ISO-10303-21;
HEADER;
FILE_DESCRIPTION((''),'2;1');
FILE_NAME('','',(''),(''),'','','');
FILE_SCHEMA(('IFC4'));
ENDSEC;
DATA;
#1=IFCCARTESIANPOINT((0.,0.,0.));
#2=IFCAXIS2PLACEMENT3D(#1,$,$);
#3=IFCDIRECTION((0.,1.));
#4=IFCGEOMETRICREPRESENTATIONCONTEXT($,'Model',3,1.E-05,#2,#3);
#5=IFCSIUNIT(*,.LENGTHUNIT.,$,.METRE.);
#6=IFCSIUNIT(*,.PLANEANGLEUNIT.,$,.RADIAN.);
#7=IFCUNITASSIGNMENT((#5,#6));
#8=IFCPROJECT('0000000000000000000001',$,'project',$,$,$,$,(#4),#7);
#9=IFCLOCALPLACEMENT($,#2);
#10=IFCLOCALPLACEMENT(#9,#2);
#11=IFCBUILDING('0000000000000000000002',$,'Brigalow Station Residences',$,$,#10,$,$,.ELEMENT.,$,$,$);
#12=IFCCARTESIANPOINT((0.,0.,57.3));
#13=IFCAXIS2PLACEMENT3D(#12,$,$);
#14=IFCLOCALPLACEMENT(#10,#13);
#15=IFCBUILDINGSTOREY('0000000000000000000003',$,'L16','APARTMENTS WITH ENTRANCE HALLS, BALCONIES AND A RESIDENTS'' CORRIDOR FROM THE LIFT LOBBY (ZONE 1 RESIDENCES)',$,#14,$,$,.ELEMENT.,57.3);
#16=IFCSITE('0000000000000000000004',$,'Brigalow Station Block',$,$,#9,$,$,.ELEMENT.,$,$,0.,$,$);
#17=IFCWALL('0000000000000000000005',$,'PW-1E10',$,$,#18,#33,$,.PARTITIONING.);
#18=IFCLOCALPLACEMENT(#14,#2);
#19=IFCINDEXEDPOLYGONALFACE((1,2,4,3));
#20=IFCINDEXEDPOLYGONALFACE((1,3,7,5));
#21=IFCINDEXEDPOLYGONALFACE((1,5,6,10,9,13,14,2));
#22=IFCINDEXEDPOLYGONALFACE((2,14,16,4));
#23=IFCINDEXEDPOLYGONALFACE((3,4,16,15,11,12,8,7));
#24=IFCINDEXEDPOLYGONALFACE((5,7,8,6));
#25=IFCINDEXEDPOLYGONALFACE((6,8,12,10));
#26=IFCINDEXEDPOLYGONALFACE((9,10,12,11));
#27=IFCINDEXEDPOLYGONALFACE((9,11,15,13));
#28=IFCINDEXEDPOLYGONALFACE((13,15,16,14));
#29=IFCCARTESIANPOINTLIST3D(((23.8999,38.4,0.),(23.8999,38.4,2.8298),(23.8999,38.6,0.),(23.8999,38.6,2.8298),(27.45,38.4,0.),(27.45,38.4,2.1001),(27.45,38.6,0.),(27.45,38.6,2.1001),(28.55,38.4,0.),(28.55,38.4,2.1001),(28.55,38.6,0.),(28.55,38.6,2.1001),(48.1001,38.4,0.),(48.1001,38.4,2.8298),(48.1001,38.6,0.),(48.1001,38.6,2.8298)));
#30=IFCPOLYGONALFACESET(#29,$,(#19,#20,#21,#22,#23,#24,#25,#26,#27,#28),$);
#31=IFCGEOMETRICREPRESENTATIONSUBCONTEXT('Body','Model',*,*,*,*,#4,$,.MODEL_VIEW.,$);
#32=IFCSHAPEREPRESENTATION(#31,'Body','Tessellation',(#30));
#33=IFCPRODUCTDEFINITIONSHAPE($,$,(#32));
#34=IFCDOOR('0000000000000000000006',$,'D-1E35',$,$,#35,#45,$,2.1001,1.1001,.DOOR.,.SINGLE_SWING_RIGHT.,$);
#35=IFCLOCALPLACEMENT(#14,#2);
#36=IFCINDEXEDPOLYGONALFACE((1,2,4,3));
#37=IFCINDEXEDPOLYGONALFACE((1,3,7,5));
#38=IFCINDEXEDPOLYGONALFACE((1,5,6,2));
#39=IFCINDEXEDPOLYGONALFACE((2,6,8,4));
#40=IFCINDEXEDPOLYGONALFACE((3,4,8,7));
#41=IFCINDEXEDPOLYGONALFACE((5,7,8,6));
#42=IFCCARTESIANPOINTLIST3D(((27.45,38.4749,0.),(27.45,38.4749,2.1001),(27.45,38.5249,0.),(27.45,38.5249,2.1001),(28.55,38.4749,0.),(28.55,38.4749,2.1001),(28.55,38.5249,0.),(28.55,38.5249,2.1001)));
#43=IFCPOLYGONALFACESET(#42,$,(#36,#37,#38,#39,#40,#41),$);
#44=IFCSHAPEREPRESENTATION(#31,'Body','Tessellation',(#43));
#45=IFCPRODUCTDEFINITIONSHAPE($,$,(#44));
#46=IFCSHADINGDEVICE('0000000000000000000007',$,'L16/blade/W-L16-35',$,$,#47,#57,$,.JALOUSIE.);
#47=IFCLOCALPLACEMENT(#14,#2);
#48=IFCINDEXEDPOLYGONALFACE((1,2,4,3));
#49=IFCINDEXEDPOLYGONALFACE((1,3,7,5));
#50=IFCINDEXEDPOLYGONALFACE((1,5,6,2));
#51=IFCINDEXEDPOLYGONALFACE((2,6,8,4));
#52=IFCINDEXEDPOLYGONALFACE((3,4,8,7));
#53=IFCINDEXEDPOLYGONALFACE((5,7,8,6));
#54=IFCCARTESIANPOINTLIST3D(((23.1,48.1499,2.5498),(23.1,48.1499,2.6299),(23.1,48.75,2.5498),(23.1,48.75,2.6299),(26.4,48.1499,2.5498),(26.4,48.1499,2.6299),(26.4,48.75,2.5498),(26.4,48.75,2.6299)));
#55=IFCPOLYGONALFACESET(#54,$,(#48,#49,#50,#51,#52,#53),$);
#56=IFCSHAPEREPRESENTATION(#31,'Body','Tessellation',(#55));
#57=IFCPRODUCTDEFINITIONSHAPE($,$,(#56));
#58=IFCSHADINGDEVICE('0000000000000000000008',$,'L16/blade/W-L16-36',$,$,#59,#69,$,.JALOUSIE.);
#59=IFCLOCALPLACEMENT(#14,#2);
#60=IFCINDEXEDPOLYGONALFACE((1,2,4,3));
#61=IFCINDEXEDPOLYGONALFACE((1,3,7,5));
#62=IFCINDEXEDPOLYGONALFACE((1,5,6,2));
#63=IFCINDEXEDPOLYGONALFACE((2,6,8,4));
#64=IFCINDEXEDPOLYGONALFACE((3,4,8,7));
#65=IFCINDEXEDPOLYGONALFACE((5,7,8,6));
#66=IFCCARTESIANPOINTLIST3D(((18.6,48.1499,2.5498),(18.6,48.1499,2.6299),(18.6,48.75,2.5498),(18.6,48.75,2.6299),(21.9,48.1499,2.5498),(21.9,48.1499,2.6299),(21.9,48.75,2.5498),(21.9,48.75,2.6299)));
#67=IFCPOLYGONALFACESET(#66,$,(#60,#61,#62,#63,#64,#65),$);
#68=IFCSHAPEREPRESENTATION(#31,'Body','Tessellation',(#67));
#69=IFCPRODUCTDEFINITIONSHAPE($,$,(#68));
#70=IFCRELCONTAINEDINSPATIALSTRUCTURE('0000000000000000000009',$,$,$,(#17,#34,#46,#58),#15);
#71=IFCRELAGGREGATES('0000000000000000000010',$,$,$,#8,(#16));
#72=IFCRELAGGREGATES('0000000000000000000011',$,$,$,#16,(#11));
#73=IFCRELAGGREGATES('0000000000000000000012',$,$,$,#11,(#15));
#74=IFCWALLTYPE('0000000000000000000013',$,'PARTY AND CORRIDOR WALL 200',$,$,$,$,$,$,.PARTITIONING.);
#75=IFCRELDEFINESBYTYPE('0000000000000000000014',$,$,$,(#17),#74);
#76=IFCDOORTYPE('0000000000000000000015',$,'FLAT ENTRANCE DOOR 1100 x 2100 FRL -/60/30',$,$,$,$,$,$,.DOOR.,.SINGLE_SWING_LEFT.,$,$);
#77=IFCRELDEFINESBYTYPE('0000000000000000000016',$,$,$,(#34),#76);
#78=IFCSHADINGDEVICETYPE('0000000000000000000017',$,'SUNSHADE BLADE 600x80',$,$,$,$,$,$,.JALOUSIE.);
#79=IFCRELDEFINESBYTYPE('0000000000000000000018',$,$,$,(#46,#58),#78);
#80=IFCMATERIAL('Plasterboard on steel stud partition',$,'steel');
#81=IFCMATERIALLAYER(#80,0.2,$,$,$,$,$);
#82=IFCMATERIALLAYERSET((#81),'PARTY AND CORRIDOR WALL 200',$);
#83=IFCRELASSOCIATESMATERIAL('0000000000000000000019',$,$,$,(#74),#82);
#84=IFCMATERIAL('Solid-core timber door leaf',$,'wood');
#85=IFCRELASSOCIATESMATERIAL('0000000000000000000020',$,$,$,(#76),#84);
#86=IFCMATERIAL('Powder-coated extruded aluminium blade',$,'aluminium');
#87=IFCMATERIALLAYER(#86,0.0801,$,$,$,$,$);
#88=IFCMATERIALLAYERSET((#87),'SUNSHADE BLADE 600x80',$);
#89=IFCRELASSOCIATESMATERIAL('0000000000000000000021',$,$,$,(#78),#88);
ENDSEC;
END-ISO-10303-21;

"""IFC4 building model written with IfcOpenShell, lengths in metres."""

from ifc_helpers import new_model, si_unit, direction, frame, frame_2d, origin, origin_2d, place, context, subcontext, project, spatial, rectangle, extrude, material, layer, layer_set, type_object, element, fill, save


model = new_model("IFC4")

# Units and contexts
model_context = context("Model", 3, precision=1e-05, world=origin(), true_north=direction((0.0, 1.0)))
body_context = subcontext(model_context, "Body", "Model", "MODEL_VIEW")
ifc_project = project(units=[si_unit("LENGTHUNIT", "METRE"), si_unit("PLANEANGLEUNIT", "RADIAN")], contexts=[model_context])

# Site, building, storey
site_placement = place(None, origin())
site = spatial("IfcSite", under=ifc_project, at=site_placement, Name="Brigalow Station Block", CompositionType="ELEMENT", RefElevation=0.0)
building_placement = place(site_placement, origin())
building = spatial("IfcBuilding", under=site, at=building_placement, Name="Brigalow Station Residences", CompositionType="ELEMENT")
storey_placement = place(building_placement, frame((0.0, 0.0, 57.3)))
storey = spatial("IfcBuildingStorey", under=building, at=storey_placement, Name="L16", Description="APARTMENTS WITH ENTRANCE HALLS, BALCONIES AND A RESIDENTS' CORRIDOR FROM THE LIFT LOBBY (ZONE 1 RESIDENCES)", CompositionType="ELEMENT", Elevation=57.3)

# Wall, opening, door
ifc_material_1 = material(Name="Plasterboard on steel stud partition", Category="steel")
ifc_layer_1 = layer(ifc_material_1, 0.2)
ifc_layer_set_1 = layer_set([ifc_layer_1], Name="PARTY AND CORRIDOR WALL 200")
wall_type_1 = type_object("IfcWallType", Name="PARTY AND CORRIDOR WALL 200", PredefinedType="PARTITIONING", material=ifc_layer_set_1)
wall_1_placement = place(storey_placement, frame((23.8999, 38.5, 0.0), z_axis=(0.0, 0.0, 1.0), x_axis=(1.0, 0.0, 0.0)))
wall_1 = element("IfcWall", 1, at=wall_1_placement, inside=storey, type_object=wall_type_1, Name="PW-1E10", PredefinedType="PARTITIONING", context=body_context, shape_type="SweptSolid", body=[
    extrude(rectangle(XDim=24.2002, YDim=0.2, at=frame_2d((12.1001, 0.0))), origin(), (0.0, 0.0, 1.0), 2.8298),
])
opening_1_placement = place(wall_1_placement, frame((3.55, 0.0, 0.0)))
opening_1 = element("IfcOpeningElement", 2, at=opening_1_placement, cuts=wall_1, PredefinedType="OPENING", context=body_context, shape_type="SweptSolid", body=[
    extrude(rectangle(XDim=1.1001, YDim=2.1001, at=frame_2d((0.55, 1.05))), frame((0.0, 0.1099, 0.0), z_axis=(0.0, -1.0, 0.0), x_axis=(1.0, 0.0, 0.0)), (0.0, 0.0, 1.0), 0.22),
])
ifc_material_2 = material(Name="Solid-core timber door leaf", Category="wood")
door_type_1 = type_object("IfcDoorType", Name="FLAT ENTRANCE DOOR 1100 x 2100 FRL -/60/30", OperationType="SINGLE_SWING_LEFT", PredefinedType="DOOR", material=ifc_material_2)
door_1_placement = place(opening_1_placement, origin())
door_1 = element("IfcDoor", 3, at=door_1_placement, inside=storey, type_object=door_type_1, Name="D-1E35", OperationType="SINGLE_SWING_RIGHT", OverallHeight=2.1001, OverallWidth=1.1001, PredefinedType="DOOR", context=body_context, shape_type="SweptSolid", body=[
    extrude(rectangle(XDim=1.1001, YDim=2.1001, at=frame_2d((0.55, 1.05))), frame((0.0, 0.0249, 0.0), z_axis=(0.0, -1.0, 0.0), x_axis=(1.0, 0.0, 0.0)), (0.0, 0.0, 1.0), 0.05),
])
fill(opening_1, door_1)

# Shading devices
ifc_material_3 = material(Name="Powder-coated extruded aluminium blade", Category="aluminium")
ifc_layer_2 = layer(ifc_material_3, 0.0801)
ifc_layer_set_2 = layer_set([ifc_layer_2], Name="SUNSHADE BLADE 600x80")
shading_device_type = type_object("IfcShadingDeviceType", Name="SUNSHADE BLADE 600x80", PredefinedType="JALOUSIE", material=ifc_layer_set_2)
for number, where, z_axis, x_axis, name in (
    (4, (24.75, 48.45, 2.5498), (0.0, 0.0, 1.0), (-1.0, 0.0, 0.0), "L16/blade/W-L16-35"),
    (5, (20.25, 48.45, 2.5498), (0.0, 0.0, 1.0), (-1.0, 0.0, 0.0), "L16/blade/W-L16-36"),
):
    element("IfcShadingDevice", number, at=place(storey_placement, frame(where, z_axis=z_axis, x_axis=x_axis)), inside=storey, type_object=shading_device_type, Name=name, PredefinedType="JALOUSIE", context=body_context, shape_type="SweptSolid", body=[
        extrude(rectangle(XDim=3.3, YDim=0.6001, at=origin_2d()), origin(), (0.0, 0.0, 1.0), 0.0801),
    ])

save(model, "model.ifc")
